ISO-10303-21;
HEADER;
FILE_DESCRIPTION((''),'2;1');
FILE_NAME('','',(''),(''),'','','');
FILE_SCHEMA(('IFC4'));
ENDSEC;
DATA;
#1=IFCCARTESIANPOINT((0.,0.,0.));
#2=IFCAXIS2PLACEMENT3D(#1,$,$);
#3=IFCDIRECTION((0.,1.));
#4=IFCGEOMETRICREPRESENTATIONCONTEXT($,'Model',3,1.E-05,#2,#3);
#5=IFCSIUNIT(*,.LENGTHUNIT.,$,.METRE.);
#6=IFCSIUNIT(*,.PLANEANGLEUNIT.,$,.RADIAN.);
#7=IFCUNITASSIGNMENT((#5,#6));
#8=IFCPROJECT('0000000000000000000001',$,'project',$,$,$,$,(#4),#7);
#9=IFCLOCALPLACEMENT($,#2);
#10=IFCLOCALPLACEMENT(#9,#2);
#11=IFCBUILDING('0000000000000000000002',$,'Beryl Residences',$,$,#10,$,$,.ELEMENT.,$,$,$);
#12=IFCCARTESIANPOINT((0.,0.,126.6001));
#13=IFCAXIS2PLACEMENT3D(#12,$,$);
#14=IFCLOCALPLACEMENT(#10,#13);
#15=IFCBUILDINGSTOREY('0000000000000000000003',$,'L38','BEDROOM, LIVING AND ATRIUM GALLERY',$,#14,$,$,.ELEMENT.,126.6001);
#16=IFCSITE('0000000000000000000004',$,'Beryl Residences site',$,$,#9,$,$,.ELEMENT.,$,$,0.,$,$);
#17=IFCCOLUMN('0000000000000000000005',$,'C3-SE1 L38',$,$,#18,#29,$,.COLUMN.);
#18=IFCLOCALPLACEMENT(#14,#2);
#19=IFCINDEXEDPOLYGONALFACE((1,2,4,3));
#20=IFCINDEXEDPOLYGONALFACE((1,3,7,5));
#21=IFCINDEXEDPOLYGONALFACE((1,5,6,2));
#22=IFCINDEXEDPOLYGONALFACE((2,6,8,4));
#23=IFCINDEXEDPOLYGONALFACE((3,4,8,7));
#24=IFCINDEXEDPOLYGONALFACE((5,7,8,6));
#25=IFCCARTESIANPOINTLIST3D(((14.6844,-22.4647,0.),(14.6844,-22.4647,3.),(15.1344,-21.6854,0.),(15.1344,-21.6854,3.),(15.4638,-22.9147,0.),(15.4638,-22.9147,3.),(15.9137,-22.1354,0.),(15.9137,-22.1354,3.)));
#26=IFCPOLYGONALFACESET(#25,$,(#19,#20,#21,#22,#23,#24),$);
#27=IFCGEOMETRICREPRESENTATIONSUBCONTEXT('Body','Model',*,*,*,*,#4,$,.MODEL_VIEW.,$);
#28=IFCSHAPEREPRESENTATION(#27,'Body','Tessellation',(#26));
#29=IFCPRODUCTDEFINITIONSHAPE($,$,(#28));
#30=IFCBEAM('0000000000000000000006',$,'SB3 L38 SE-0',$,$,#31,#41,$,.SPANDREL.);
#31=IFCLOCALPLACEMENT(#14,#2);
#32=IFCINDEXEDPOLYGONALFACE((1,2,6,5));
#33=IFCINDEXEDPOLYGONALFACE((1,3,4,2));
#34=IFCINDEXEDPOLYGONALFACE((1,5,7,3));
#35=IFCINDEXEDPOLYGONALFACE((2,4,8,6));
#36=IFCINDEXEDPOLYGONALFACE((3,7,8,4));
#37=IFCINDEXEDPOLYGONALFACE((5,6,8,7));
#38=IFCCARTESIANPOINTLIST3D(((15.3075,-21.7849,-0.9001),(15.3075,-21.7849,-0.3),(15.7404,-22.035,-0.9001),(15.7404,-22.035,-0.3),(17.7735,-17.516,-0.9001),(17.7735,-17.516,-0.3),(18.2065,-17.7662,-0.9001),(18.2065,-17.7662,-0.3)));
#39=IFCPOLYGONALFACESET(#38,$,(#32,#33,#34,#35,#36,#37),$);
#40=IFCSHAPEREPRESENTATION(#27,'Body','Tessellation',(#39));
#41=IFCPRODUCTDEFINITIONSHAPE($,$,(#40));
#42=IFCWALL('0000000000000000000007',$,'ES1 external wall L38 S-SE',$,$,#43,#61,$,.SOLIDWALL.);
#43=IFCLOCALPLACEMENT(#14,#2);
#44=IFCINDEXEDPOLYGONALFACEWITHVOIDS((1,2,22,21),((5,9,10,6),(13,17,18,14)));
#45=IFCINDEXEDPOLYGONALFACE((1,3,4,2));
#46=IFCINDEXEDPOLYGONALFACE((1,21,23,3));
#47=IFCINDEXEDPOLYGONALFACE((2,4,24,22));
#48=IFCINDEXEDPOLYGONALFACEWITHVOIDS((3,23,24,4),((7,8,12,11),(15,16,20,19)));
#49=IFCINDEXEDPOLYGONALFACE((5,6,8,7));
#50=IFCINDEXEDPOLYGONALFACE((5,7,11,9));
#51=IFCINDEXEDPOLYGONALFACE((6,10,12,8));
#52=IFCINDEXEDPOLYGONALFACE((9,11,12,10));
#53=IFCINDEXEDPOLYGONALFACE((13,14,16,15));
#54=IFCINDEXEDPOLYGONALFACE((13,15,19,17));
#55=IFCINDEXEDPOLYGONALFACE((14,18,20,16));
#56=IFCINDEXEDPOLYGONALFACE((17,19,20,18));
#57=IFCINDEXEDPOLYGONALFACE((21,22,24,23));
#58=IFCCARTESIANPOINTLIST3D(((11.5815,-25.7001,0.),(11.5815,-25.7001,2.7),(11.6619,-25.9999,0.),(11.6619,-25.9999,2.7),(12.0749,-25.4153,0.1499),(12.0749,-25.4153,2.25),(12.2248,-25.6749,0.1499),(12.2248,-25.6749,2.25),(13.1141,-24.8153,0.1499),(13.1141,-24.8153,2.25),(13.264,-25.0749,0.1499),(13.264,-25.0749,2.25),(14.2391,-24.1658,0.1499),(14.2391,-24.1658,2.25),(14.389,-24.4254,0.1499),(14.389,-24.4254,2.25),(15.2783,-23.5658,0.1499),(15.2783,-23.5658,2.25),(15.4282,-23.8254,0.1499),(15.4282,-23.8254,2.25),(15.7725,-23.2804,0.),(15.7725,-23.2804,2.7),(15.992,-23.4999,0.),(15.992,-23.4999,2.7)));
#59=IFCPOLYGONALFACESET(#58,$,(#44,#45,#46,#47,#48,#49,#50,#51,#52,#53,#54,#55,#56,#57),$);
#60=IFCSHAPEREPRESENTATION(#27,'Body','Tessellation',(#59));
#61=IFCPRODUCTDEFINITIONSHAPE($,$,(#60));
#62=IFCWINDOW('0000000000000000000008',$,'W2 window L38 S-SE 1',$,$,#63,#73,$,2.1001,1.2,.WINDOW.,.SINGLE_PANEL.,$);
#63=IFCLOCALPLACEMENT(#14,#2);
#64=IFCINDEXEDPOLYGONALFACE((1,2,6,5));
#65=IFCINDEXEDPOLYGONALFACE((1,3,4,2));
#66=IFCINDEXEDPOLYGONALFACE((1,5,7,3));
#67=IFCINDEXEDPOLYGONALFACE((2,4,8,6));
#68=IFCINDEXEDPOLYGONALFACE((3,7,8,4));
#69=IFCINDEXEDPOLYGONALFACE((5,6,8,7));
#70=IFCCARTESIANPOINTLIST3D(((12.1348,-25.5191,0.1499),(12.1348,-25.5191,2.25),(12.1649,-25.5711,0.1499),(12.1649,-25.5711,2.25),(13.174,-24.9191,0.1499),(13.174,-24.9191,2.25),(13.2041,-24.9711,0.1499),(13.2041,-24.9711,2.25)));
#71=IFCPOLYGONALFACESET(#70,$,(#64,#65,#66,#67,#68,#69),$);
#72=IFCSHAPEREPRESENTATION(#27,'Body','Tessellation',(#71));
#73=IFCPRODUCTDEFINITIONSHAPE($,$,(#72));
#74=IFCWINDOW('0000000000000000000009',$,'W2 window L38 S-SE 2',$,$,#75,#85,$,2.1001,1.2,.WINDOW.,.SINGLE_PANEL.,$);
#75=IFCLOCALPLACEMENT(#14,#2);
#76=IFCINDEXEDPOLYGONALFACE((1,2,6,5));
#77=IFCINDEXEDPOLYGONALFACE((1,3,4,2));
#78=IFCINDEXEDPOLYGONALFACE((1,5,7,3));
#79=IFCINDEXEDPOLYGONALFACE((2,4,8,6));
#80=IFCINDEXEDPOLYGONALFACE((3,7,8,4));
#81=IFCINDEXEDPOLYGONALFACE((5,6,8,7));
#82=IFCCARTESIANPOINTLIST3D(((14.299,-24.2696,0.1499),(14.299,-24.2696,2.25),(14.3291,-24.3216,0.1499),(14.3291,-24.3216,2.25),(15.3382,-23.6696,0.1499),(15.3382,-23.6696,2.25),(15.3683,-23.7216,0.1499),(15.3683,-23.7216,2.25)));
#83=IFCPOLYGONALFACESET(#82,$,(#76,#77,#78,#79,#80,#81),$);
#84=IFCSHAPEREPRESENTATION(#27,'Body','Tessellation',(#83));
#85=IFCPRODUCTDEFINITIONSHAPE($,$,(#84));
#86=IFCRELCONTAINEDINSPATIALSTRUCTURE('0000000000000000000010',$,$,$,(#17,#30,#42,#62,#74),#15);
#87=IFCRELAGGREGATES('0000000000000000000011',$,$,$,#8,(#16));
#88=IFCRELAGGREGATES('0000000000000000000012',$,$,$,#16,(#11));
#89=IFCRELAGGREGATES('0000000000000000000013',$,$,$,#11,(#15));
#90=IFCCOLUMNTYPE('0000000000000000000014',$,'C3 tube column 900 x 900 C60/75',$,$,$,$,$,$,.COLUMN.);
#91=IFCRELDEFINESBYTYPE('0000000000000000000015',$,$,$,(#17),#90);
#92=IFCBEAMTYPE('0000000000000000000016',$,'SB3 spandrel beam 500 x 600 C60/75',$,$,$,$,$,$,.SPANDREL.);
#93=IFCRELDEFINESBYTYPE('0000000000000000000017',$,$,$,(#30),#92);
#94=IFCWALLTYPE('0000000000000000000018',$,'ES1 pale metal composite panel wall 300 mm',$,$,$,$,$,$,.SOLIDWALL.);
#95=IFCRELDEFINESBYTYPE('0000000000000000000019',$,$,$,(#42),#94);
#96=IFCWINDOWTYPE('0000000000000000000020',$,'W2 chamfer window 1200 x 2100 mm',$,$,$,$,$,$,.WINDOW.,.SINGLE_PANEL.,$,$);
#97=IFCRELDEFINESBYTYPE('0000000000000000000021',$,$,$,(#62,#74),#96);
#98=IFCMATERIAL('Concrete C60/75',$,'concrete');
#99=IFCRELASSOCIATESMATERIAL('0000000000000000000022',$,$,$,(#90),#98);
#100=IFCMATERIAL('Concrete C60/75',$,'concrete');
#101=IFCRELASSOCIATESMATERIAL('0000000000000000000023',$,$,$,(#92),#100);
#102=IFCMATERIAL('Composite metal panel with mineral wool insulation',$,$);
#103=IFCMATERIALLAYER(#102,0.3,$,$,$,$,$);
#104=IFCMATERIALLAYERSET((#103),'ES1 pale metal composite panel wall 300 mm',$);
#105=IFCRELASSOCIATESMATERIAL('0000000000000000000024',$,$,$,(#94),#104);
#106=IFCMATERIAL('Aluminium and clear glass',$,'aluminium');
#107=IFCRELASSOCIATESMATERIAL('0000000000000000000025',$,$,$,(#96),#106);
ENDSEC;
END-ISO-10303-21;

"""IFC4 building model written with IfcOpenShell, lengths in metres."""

from ifc_helpers import new_model, si_unit, direction, frame, frame_2d, origin, origin_2d, place, context, subcontext, project, spatial, polyline, rectangle, outline, extrude, material, layer, layer_set, material_profile, profile_set, type_object, element, fill, save


model = new_model("IFC4")

# Units and contexts
model_context = context("Model", 3, precision=1e-05, world=origin(), true_north=direction((0.0, 1.0)))
body_context = subcontext(model_context, "Body", "Model", "MODEL_VIEW")
ifc_project = project(units=[si_unit("LENGTHUNIT", "METRE"), si_unit("PLANEANGLEUNIT", "RADIAN")], contexts=[model_context])

# Site, building, storey
site_placement = place(None, origin())
site = spatial("IfcSite", under=ifc_project, at=site_placement, Name="Beryl Residences site", CompositionType="ELEMENT", RefElevation=0.0)
building_placement = place(site_placement, origin())
building = spatial("IfcBuilding", under=site, at=building_placement, Name="Beryl Residences", CompositionType="ELEMENT")
storey_placement = place(building_placement, frame((0.0, 0.0, 126.6001)))
storey = spatial("IfcBuildingStorey", under=building, at=storey_placement, Name="L38", Description="BEDROOM, LIVING AND ATRIUM GALLERY", CompositionType="ELEMENT", Elevation=126.6001)

# Column
ifc_material_1 = material(Name="Concrete C60/75", Category="concrete")
ifc_material_profile_1 = material_profile(ifc_material_1, rectangle(XDim=0.8999, YDim=0.8999, at=origin_2d()))
ifc_profile_set_1 = profile_set([ifc_material_profile_1], Name="Concrete C60/75")
column_type = type_object("IfcColumnType", Name="C3 tube column 900 x 900 C60/75", PredefinedType="COLUMN", material=ifc_profile_set_1)
column_placement = place(storey_placement, frame((15.2991, -22.3, 0.0), z_axis=(0.0, 0.0, 1.0), x_axis=(0.5, 0.866025, 0.0)))
element("IfcColumn", 1, at=column_placement, inside=storey, type_object=column_type, Name="C3-SE1 L38", PredefinedType="COLUMN", context=body_context, shape_type="SweptSolid", body=[
    extrude(rectangle(XDim=0.8999, YDim=0.8999, at=origin_2d()), origin(), (0.0, 0.0, 1.0), 3.0),
])

# Beam
ifc_material_2 = material(Name="Concrete C60/75", Category="concrete")
ifc_material_profile_2 = material_profile(ifc_material_2, rectangle(XDim=0.5, YDim=0.6001, at=origin_2d()))
ifc_profile_set_2 = profile_set([ifc_material_profile_2], Name="Concrete C60/75")
beam_type = type_object("IfcBeamType", Name="SB3 spandrel beam 500 x 600 C60/75", PredefinedType="SPANDREL", material=ifc_profile_set_2)
beam_placement = place(storey_placement, frame((15.5239, -21.9099, -0.6001), z_axis=(0.500224, 0.865896, 0.0), x_axis=(-0.865896, 0.500224, 0.0)))
element("IfcBeam", 2, at=beam_placement, inside=storey, type_object=beam_type, Name="SB3 L38 SE-0", PredefinedType="SPANDREL", context=body_context, shape_type="SweptSolid", body=[
    extrude(rectangle(XDim=0.5, YDim=0.6001, at=origin_2d()), origin(), (0.0, 0.0, 1.0), 4.9299),
])

# Wall, openings, windows
ifc_material_3 = material(Name="Composite metal panel with mineral wool insulation")
ifc_layer_1 = layer(ifc_material_3, 0.3)
ifc_layer_set_1 = layer_set([ifc_layer_1], Name="ES1 pale metal composite panel wall 300 mm")
wall_type_1 = type_object("IfcWallType", Name="ES1 pale metal composite panel wall 300 mm", PredefinedType="SOLIDWALL", material=ifc_layer_set_1)
wall_1_placement = place(storey_placement, frame((11.5869, -25.8701, 0.0), z_axis=(0.0, 0.0, 1.0), x_axis=(0.866023, 0.500004, 0.0)))
wall_1 = element("IfcWall", 3, at=wall_1_placement, inside=storey, type_object=wall_type_1, Name="ES1 external wall L38 S-SE", PredefinedType="SOLIDWALL", context=body_context, shape_type="SweptSolid", body=[
    extrude(outline(polyline([(0.0, -0.1499), (5.0, -0.1499), (4.9197, 0.1499), (0.0803, 0.1499), (0.0, -0.1499)])), origin(), (0.0, 0.0, 1.0), 2.7),
])
opening_1_placement = place(wall_1_placement, frame((0.6499, 0.0, 0.1499)))
opening_1 = element("IfcOpeningElement", 4, at=opening_1_placement, cuts=wall_1, PredefinedType="OPENING", context=body_context, shape_type="SweptSolid", body=[
    extrude(rectangle(XDim=1.2, YDim=2.1001, at=frame_2d((0.6001, 1.05))), frame((0.0, 0.1599, 0.0), z_axis=(0.0, -1.0, 0.0), x_axis=(1.0, 0.0, 0.0)), (0.0, 0.0, 1.0), 0.3201),
])
opening_2_placement = place(wall_1_placement, frame((3.1489, 0.0, 0.1499)))
opening_2 = element("IfcOpeningElement", 5, at=opening_2_placement, cuts=wall_1, PredefinedType="OPENING", context=body_context, shape_type="SweptSolid", body=[
    extrude(rectangle(XDim=1.2, YDim=2.1001, at=frame_2d((0.6001, 1.05))), frame((0.0, 0.1599, 0.0), z_axis=(0.0, -1.0, 0.0), x_axis=(1.0, 0.0, 0.0)), (0.0, 0.0, 1.0), 0.3201),
])
ifc_material_4 = material(Name="Aluminium and clear glass", Category="aluminium")
window_type_1 = type_object("IfcWindowType", Name="W2 chamfer window 1200 x 2100 mm", PartitioningType="SINGLE_PANEL", PredefinedType="WINDOW", material=ifc_material_4)
window_1_placement = place(opening_1_placement, origin())
window_1 = element("IfcWindow", 6, at=window_1_placement, inside=storey, type_object=window_type_1, Name="W2 window L38 S-SE 1", OverallHeight=2.1001, OverallWidth=1.2, PartitioningType="SINGLE_PANEL", PredefinedType="WINDOW", context=body_context, shape_type="SweptSolid", body=[
    extrude(rectangle(XDim=1.2, YDim=2.1001, at=frame_2d((0.6001, 1.05))), frame((0.0, 0.03, 0.0), z_axis=(0.0, -1.0, 0.0), x_axis=(1.0, 0.0, 0.0)), (0.0, 0.0, 1.0), 0.0601),
])
fill(opening_1, window_1)
window_2_placement = place(opening_2_placement, origin())
window_2 = element("IfcWindow", 7, at=window_2_placement, inside=storey, type_object=window_type_1, Name="W2 window L38 S-SE 2", OverallHeight=2.1001, OverallWidth=1.2, PartitioningType="SINGLE_PANEL", PredefinedType="WINDOW", context=body_context, shape_type="SweptSolid", body=[
    extrude(rectangle(XDim=1.2, YDim=2.1001, at=frame_2d((0.6001, 1.05))), frame((0.0, 0.03, 0.0), z_axis=(0.0, -1.0, 0.0), x_axis=(1.0, 0.0, 0.0)), (0.0, 0.0, 1.0), 0.0601),
])
fill(opening_2, window_2)

save(model, "model.ifc")
